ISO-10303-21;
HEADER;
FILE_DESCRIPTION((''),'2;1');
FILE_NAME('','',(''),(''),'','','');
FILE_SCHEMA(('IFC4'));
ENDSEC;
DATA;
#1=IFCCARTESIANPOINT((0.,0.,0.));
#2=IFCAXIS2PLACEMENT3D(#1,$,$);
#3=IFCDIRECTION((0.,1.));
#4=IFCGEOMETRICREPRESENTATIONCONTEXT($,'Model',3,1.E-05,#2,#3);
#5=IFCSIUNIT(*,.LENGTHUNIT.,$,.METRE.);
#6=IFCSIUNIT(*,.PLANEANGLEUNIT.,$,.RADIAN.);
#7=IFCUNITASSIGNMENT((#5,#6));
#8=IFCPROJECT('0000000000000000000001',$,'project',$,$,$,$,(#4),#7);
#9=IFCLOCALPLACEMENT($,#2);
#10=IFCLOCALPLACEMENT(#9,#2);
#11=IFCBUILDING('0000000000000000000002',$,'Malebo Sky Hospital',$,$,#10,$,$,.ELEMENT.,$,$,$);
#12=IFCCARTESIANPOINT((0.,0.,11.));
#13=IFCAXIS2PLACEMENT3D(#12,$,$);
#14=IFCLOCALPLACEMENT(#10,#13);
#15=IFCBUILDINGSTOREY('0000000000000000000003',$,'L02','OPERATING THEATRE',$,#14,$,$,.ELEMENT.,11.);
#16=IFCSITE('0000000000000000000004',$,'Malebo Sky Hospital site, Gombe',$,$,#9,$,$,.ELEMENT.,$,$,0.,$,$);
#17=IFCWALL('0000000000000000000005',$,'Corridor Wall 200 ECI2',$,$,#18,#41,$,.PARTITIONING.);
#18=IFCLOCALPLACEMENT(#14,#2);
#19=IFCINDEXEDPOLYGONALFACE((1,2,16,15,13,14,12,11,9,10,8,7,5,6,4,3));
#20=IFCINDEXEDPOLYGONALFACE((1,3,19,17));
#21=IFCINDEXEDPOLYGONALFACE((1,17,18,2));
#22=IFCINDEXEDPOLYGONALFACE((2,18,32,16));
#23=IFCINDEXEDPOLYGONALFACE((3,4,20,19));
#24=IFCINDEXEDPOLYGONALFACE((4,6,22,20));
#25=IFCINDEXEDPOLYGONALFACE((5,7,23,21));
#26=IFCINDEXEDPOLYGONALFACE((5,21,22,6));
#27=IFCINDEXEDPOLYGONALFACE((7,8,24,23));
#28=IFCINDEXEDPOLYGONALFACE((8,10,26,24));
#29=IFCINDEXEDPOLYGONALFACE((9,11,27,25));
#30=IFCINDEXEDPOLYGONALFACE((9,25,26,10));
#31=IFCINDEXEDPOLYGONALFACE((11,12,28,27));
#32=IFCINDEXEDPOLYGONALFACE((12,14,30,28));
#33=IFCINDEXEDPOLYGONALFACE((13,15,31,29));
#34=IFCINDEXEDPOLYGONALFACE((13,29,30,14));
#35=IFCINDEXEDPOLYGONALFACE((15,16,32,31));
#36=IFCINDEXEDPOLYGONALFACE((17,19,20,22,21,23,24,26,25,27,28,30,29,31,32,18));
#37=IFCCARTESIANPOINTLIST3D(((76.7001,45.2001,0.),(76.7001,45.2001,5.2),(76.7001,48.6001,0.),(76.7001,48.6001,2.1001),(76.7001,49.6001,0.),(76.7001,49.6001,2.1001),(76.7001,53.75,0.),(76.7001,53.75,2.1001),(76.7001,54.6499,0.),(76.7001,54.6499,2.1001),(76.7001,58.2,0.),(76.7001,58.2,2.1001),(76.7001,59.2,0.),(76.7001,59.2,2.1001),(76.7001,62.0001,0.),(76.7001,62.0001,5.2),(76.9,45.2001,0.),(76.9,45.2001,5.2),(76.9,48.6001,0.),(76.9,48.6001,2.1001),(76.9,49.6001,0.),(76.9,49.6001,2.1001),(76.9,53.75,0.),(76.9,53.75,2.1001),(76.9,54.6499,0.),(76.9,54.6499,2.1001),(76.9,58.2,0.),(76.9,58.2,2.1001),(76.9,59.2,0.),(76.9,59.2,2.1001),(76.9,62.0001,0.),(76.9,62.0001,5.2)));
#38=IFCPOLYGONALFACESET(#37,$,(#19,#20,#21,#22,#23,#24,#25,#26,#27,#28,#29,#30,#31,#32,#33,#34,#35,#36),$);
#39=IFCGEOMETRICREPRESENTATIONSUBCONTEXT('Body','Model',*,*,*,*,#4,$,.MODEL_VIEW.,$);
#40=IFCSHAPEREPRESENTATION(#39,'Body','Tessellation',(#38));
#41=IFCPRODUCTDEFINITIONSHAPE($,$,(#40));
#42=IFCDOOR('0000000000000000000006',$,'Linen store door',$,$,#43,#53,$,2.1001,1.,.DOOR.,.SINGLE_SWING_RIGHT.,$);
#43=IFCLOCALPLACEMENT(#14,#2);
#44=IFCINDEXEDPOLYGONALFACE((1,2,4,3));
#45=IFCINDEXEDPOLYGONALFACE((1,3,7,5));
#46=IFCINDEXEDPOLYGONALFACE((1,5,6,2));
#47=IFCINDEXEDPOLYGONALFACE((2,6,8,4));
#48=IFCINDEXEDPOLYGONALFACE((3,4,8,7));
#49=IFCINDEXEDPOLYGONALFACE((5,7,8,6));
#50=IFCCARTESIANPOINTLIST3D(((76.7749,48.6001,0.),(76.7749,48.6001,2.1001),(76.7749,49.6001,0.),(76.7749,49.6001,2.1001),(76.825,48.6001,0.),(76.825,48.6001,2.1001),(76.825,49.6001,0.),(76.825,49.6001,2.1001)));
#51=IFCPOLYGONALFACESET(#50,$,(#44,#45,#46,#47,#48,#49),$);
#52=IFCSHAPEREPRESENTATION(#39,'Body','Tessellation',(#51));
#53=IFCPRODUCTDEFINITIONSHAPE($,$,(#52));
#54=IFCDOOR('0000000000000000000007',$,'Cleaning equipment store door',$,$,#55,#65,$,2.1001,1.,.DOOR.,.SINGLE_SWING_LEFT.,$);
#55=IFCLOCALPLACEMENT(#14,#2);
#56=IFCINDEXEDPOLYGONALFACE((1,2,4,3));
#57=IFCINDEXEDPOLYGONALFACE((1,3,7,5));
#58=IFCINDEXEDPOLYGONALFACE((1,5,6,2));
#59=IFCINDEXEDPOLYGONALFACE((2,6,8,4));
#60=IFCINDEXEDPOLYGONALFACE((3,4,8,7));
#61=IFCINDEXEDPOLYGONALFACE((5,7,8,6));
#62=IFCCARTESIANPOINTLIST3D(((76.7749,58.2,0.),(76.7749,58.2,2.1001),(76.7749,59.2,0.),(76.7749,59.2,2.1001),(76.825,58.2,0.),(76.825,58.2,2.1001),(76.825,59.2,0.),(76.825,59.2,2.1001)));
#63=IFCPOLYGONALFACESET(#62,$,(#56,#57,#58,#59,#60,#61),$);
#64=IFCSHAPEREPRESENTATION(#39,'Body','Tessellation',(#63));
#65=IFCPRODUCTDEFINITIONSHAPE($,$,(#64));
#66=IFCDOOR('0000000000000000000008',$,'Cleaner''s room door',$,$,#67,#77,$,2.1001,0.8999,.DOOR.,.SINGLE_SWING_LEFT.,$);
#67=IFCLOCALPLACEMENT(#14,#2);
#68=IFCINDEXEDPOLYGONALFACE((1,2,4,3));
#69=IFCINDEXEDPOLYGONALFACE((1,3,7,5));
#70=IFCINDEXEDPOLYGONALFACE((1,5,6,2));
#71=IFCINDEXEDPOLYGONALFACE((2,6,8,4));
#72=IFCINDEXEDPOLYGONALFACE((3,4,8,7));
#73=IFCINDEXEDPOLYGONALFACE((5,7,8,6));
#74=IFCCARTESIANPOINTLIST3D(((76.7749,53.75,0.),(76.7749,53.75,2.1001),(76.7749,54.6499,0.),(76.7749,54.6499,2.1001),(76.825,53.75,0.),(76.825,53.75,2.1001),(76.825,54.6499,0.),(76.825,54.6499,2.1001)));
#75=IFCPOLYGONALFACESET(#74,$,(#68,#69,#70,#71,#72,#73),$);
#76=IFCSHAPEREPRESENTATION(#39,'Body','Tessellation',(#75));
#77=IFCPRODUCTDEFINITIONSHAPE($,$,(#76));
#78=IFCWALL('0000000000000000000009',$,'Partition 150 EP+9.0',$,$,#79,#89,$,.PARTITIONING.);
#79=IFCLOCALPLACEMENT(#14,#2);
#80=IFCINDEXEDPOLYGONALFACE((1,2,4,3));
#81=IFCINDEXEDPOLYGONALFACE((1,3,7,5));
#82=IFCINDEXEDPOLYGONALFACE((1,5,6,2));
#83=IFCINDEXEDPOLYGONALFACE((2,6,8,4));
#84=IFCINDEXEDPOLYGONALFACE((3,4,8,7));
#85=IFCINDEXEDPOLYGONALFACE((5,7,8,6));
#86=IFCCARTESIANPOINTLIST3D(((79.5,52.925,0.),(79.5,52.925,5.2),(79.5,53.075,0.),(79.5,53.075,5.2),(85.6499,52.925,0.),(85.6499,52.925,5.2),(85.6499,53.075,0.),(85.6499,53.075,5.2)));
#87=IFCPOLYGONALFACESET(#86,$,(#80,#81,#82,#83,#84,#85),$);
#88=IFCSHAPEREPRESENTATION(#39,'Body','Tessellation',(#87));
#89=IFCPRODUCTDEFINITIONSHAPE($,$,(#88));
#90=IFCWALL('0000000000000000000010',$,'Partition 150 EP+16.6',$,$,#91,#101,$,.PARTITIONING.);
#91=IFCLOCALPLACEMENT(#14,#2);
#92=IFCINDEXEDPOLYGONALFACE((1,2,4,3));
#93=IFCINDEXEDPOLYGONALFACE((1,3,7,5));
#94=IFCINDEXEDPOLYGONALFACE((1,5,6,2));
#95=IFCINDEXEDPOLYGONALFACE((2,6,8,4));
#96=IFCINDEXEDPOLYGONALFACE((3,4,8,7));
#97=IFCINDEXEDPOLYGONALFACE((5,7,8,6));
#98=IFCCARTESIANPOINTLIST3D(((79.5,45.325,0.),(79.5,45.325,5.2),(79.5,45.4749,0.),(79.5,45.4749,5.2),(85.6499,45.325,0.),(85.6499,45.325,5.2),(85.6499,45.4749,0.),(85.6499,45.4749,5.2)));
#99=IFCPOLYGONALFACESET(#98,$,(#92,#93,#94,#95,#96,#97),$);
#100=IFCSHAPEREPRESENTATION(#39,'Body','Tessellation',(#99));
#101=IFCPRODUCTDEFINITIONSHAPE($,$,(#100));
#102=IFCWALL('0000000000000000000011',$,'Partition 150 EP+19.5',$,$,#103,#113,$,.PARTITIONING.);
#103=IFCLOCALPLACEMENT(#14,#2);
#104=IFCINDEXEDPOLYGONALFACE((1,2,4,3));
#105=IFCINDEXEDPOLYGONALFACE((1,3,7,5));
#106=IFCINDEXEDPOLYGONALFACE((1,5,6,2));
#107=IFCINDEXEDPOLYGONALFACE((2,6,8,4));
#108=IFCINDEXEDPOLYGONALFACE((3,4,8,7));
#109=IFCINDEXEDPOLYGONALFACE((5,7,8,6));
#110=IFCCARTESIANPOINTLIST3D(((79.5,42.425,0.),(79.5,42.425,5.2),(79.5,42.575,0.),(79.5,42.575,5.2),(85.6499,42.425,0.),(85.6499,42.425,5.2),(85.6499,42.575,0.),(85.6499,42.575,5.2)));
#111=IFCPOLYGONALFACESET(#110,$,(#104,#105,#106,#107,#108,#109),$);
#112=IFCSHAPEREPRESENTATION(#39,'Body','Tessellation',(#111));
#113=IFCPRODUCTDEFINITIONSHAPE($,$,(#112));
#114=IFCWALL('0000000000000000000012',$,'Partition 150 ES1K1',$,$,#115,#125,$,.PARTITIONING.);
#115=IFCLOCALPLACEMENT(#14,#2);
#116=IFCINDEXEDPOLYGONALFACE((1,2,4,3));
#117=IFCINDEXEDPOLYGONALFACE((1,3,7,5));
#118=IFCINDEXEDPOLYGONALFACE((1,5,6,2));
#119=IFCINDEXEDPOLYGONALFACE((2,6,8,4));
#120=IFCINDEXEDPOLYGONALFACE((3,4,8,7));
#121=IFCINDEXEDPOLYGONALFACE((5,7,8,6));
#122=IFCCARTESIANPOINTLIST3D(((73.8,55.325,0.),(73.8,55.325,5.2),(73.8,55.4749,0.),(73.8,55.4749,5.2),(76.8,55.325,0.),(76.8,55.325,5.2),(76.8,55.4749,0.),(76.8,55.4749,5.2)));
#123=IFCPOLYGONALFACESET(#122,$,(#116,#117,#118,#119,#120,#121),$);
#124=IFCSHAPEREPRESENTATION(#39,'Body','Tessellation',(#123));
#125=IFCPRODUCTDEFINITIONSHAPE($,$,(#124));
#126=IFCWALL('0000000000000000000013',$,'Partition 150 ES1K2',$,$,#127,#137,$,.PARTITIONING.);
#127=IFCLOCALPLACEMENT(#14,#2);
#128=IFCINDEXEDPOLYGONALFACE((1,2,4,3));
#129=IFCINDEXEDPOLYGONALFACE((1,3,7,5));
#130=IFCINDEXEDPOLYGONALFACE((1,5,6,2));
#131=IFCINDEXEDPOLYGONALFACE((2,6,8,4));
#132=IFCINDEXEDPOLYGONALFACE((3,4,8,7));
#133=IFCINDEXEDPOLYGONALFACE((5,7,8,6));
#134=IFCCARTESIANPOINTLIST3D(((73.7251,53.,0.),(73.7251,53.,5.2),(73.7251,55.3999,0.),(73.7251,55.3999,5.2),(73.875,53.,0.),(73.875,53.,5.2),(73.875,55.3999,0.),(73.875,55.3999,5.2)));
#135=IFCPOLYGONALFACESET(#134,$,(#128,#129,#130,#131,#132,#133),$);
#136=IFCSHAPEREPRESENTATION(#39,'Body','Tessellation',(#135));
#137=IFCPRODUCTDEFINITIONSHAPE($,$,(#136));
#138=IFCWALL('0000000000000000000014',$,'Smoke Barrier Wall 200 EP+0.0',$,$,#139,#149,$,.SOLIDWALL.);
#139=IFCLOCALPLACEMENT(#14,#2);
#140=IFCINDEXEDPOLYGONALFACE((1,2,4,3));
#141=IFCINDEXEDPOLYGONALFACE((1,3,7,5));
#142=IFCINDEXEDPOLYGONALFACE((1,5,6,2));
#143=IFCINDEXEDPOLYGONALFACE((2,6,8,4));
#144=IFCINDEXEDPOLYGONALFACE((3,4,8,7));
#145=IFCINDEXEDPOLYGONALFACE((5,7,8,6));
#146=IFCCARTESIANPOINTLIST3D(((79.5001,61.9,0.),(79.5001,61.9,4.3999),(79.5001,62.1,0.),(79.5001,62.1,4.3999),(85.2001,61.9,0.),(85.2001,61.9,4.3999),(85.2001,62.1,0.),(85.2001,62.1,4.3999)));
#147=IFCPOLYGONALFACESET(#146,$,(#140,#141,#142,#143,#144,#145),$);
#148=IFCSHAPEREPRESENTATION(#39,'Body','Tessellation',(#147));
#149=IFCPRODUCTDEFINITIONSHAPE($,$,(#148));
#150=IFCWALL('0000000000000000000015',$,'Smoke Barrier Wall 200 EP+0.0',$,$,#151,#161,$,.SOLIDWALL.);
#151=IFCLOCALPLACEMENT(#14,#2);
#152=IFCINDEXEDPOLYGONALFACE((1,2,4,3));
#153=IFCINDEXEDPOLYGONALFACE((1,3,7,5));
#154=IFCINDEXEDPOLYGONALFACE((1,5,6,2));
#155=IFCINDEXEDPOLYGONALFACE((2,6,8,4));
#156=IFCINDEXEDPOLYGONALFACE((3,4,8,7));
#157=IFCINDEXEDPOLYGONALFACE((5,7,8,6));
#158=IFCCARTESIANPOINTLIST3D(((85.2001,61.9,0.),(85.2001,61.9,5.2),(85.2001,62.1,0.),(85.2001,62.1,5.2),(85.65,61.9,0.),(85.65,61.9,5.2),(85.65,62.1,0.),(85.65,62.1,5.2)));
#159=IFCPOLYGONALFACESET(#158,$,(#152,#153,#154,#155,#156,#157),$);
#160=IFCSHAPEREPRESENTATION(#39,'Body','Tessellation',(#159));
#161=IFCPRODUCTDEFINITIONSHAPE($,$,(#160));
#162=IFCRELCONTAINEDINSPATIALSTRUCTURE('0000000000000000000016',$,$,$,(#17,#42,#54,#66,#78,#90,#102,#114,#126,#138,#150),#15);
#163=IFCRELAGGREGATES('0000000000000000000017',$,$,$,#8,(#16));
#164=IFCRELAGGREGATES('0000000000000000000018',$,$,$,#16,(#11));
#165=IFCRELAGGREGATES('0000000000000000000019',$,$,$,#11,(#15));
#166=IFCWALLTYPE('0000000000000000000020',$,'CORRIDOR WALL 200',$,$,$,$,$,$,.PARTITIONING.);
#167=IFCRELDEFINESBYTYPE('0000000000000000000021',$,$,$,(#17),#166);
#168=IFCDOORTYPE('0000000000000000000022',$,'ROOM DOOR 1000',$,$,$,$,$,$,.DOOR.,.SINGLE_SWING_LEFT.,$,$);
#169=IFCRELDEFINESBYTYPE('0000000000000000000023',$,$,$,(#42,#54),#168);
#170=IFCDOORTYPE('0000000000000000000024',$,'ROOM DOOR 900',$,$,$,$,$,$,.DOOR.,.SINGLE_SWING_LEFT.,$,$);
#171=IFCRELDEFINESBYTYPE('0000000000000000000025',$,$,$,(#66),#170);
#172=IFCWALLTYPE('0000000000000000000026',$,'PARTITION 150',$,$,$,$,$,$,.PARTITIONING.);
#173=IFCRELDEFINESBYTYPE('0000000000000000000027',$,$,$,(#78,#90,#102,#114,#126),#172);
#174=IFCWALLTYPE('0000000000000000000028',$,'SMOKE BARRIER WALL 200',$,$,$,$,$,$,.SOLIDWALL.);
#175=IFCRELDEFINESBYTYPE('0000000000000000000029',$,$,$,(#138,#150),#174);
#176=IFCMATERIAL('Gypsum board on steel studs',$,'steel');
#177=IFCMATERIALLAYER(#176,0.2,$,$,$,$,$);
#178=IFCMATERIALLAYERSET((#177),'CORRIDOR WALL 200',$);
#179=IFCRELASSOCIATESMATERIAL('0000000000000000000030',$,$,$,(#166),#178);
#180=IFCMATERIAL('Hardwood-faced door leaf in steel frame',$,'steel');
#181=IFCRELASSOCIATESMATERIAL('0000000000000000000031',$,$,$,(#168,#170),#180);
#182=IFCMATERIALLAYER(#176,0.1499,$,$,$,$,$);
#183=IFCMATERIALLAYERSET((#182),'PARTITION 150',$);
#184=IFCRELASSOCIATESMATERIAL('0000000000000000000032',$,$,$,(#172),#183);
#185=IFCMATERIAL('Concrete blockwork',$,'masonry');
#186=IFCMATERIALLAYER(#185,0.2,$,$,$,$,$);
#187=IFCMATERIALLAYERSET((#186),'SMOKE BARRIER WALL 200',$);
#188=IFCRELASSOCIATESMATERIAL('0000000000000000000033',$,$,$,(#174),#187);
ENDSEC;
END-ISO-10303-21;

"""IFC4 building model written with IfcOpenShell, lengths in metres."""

from ifc_helpers import new_model, si_unit, direction, frame, frame_2d, origin, place, context, subcontext, project, spatial, rectangle, extrude, material, layer, layer_set, type_object, element, fill, save


model = new_model("IFC4")

# Units and contexts
model_context = context("Model", 3, precision=1e-05, world=origin(), true_north=direction((0.0, 1.0)))
body_context = subcontext(model_context, "Body", "Model", "MODEL_VIEW")
ifc_project = project(units=[si_unit("LENGTHUNIT", "METRE"), si_unit("PLANEANGLEUNIT", "RADIAN")], contexts=[model_context])

# Site, building, storey
site_placement = place(None, origin())
site = spatial("IfcSite", under=ifc_project, at=site_placement, Name="Malebo Sky Hospital site, Gombe", CompositionType="ELEMENT", RefElevation=0.0)
building_placement = place(site_placement, origin())
building = spatial("IfcBuilding", under=site, at=building_placement, Name="Malebo Sky Hospital", CompositionType="ELEMENT")
storey_placement = place(building_placement, frame((0.0, 0.0, 11.0)))
storey = spatial("IfcBuildingStorey", under=building, at=storey_placement, Name="L02", Description="OPERATING THEATRE", CompositionType="ELEMENT", Elevation=11.0)

# Shared definitions
ifc_material_1 = material(Name="Gypsum board on steel studs", Category="steel")
ifc_layer_1 = layer(ifc_material_1, 0.2)
ifc_layer_set_1 = layer_set([ifc_layer_1], Name="CORRIDOR WALL 200")
wall_type_1 = type_object("IfcWallType", Name="CORRIDOR WALL 200", PredefinedType="PARTITIONING", material=ifc_layer_set_1)
ifc_material_2 = material(Name="Hardwood-faced door leaf in steel frame", Category="steel")
door_type_1 = type_object("IfcDoorType", Name="ROOM DOOR 1000", OperationType="SINGLE_SWING_LEFT", PredefinedType="DOOR", material=ifc_material_2)

# Wall, openings, doors
wall_1_placement = place(storey_placement, frame((76.8, 62.0, 0.0), z_axis=(0.0, 0.0, 1.0), x_axis=(0.0, -1.0, 0.0)))
wall_1 = element("IfcWall", 1, at=wall_1_placement, inside=storey, type_object=wall_type_1, Name="Corridor Wall 200 ECI2", PredefinedType="PARTITIONING", context=body_context, shape_type="SweptSolid", body=[
    extrude(rectangle(XDim=16.8, YDim=0.2, at=frame_2d((8.3999, 0.0))), origin(), (0.0, 0.0, 1.0), 5.2),
])
opening_1_placement = place(wall_1_placement, frame((12.3999, 0.0, 0.0)))
opening_1 = element("IfcOpeningElement", 2, at=opening_1_placement, cuts=wall_1, PredefinedType="OPENING", context=body_context, shape_type="SweptSolid", body=[
    extrude(rectangle(XDim=1.0, YDim=2.1001, at=frame_2d((0.5, 1.05))), frame((0.0, 0.1099, 0.0), z_axis=(0.0, -1.0, 0.0), x_axis=(1.0, 0.0, 0.0)), (0.0, 0.0, 1.0), 0.22),
])
opening_2_placement = place(wall_1_placement, frame((7.3501, 0.0, 0.0)))
opening_2 = element("IfcOpeningElement", 3, at=opening_2_placement, cuts=wall_1, PredefinedType="OPENING", context=body_context, shape_type="SweptSolid", body=[
    extrude(rectangle(XDim=0.8999, YDim=2.1001, at=frame_2d((0.45, 1.05))), frame((0.0, 0.1099, 0.0), z_axis=(0.0, -1.0, 0.0), x_axis=(1.0, 0.0, 0.0)), (0.0, 0.0, 1.0), 0.22),
])
opening_3_placement = place(wall_1_placement, frame((2.8, 0.0, 0.0)))
opening_3 = element("IfcOpeningElement", 4, at=opening_3_placement, cuts=wall_1, PredefinedType="OPENING", context=body_context, shape_type="SweptSolid", body=[
    extrude(rectangle(XDim=1.0, YDim=2.1001, at=frame_2d((0.5, 1.05))), frame((0.0, 0.1099, 0.0), z_axis=(0.0, -1.0, 0.0), x_axis=(1.0, 0.0, 0.0)), (0.0, 0.0, 1.0), 0.22),
])
door_1_placement = place(opening_1_placement, origin())
door_1 = element("IfcDoor", 5, at=door_1_placement, inside=storey, type_object=door_type_1, Name="Linen store door", OperationType="SINGLE_SWING_RIGHT", OverallHeight=2.1001, OverallWidth=1.0, PredefinedType="DOOR", context=body_context, shape_type="SweptSolid", body=[
    extrude(rectangle(XDim=1.0, YDim=2.1001, at=frame_2d((0.5, 1.05))), frame((0.0, 0.0249, 0.0), z_axis=(0.0, -1.0, 0.0), x_axis=(1.0, 0.0, 0.0)), (0.0, 0.0, 1.0), 0.05),
])
fill(opening_1, door_1)
door_2_placement = place(opening_3_placement, origin())
door_2 = element("IfcDoor", 6, at=door_2_placement, inside=storey, type_object=door_type_1, Name="Cleaning equipment store door", OperationType="SINGLE_SWING_LEFT", OverallHeight=2.1001, OverallWidth=1.0, PredefinedType="DOOR", context=body_context, shape_type="SweptSolid", body=[
    extrude(rectangle(XDim=1.0, YDim=2.1001, at=frame_2d((0.5, 1.05))), frame((0.0, 0.0249, 0.0), z_axis=(0.0, -1.0, 0.0), x_axis=(1.0, 0.0, 0.0)), (0.0, 0.0, 1.0), 0.05),
])
fill(opening_3, door_2)
door_type_2 = type_object("IfcDoorType", Name="ROOM DOOR 900", OperationType="SINGLE_SWING_LEFT", PredefinedType="DOOR", material=ifc_material_2)
door_3_placement = place(opening_2_placement, origin())
door_3 = element("IfcDoor", 7, at=door_3_placement, inside=storey, type_object=door_type_2, Name="Cleaner's room door", OperationType="SINGLE_SWING_LEFT", OverallHeight=2.1001, OverallWidth=0.8999, PredefinedType="DOOR", context=body_context, shape_type="SweptSolid", body=[
    extrude(rectangle(XDim=0.8999, YDim=2.1001, at=frame_2d((0.45, 1.05))), frame((0.0, 0.0249, 0.0), z_axis=(0.0, -1.0, 0.0), x_axis=(1.0, 0.0, 0.0)), (0.0, 0.0, 1.0), 0.05),
])
fill(opening_2, door_3)

# Walls
ifc_layer_2 = layer(ifc_material_1, 0.1499)
ifc_layer_set_2 = layer_set([ifc_layer_2], Name="PARTITION 150")
wall_type_2 = type_object("IfcWallType", Name="PARTITION 150", PredefinedType="PARTITIONING", material=ifc_layer_set_2)
for number, where, z_axis, x_axis, name in (
    (8, (79.5, 53.0, 0.0), (0.0, 0.0, 1.0), (1.0, 0.0, 0.0), "Partition 150 EP+9.0"),
    (9, (79.5, 45.3999, 0.0), (0.0, 0.0, 1.0), (1.0, 0.0, 0.0), "Partition 150 EP+16.6"),
    (10, (79.5, 42.5, 0.0), (0.0, 0.0, 1.0), (1.0, 0.0, 0.0), "Partition 150 EP+19.5"),
):
    element("IfcWall", number, at=place(storey_placement, frame(where, z_axis=z_axis, x_axis=x_axis)), inside=storey, type_object=wall_type_2, Name=name, PredefinedType="PARTITIONING", context=body_context, shape_type="SweptSolid", body=[
        extrude(rectangle(XDim=6.1499, YDim=0.1499, at=frame_2d((3.075, 0.0))), origin(), (0.0, 0.0, 1.0), 5.2),
    ])
wall_2_placement = place(storey_placement, frame((73.8, 55.3999, 0.0), z_axis=(0.0, 0.0, 1.0), x_axis=(1.0, 0.0, 0.0)))
element("IfcWall", 11, at=wall_2_placement, inside=storey, type_object=wall_type_2, Name="Partition 150 ES1K1", PredefinedType="PARTITIONING", context=body_context, shape_type="SweptSolid", body=[
    extrude(rectangle(XDim=3.0, YDim=0.1499, at=frame_2d((1.5, 0.0))), origin(), (0.0, 0.0, 1.0), 5.2),
])
wall_3_placement = place(storey_placement, frame((73.8, 55.3999, 0.0), z_axis=(0.0, 0.0, 1.0), x_axis=(0.0, -1.0, 0.0)))
element("IfcWall", 12, at=wall_3_placement, inside=storey, type_object=wall_type_2, Name="Partition 150 ES1K2", PredefinedType="PARTITIONING", context=body_context, shape_type="SweptSolid", body=[
    extrude(rectangle(XDim=2.3999, YDim=0.1499, at=frame_2d((1.2, 0.0))), origin(), (0.0, 0.0, 1.0), 5.2),
])
ifc_material_3 = material(Name="Concrete blockwork", Category="masonry")
ifc_layer_3 = layer(ifc_material_3, 0.2)
ifc_layer_set_3 = layer_set([ifc_layer_3], Name="SMOKE BARRIER WALL 200")
wall_type_3 = type_object("IfcWallType", Name="SMOKE BARRIER WALL 200", PredefinedType="SOLIDWALL", material=ifc_layer_set_3)
wall_4_placement = place(storey_placement, frame((79.5, 62.0, 0.0), z_axis=(0.0, 0.0, 1.0), x_axis=(1.0, 0.0, 0.0)))
element("IfcWall", 13, at=wall_4_placement, inside=storey, type_object=wall_type_3, Name="Smoke Barrier Wall 200 EP+0.0", PredefinedType="SOLIDWALL", context=body_context, shape_type="SweptSolid", body=[
    extrude(rectangle(XDim=5.7, YDim=0.2, at=frame_2d((2.8501, 0.0))), origin(), (0.0, 0.0, 1.0), 4.3999),
])
wall_5_placement = place(storey_placement, frame((85.2, 62.0, 0.0), z_axis=(0.0, 0.0, 1.0), x_axis=(1.0, 0.0, 0.0)))
element("IfcWall", 14, at=wall_5_placement, inside=storey, type_object=wall_type_3, Name="Smoke Barrier Wall 200 EP+0.0", PredefinedType="SOLIDWALL", context=body_context, shape_type="SweptSolid", body=[
    extrude(rectangle(XDim=0.45, YDim=0.2, at=frame_2d((0.2251, 0.0))), origin(), (0.0, 0.0, 1.0), 5.2),
])

save(model, "model.ifc")
